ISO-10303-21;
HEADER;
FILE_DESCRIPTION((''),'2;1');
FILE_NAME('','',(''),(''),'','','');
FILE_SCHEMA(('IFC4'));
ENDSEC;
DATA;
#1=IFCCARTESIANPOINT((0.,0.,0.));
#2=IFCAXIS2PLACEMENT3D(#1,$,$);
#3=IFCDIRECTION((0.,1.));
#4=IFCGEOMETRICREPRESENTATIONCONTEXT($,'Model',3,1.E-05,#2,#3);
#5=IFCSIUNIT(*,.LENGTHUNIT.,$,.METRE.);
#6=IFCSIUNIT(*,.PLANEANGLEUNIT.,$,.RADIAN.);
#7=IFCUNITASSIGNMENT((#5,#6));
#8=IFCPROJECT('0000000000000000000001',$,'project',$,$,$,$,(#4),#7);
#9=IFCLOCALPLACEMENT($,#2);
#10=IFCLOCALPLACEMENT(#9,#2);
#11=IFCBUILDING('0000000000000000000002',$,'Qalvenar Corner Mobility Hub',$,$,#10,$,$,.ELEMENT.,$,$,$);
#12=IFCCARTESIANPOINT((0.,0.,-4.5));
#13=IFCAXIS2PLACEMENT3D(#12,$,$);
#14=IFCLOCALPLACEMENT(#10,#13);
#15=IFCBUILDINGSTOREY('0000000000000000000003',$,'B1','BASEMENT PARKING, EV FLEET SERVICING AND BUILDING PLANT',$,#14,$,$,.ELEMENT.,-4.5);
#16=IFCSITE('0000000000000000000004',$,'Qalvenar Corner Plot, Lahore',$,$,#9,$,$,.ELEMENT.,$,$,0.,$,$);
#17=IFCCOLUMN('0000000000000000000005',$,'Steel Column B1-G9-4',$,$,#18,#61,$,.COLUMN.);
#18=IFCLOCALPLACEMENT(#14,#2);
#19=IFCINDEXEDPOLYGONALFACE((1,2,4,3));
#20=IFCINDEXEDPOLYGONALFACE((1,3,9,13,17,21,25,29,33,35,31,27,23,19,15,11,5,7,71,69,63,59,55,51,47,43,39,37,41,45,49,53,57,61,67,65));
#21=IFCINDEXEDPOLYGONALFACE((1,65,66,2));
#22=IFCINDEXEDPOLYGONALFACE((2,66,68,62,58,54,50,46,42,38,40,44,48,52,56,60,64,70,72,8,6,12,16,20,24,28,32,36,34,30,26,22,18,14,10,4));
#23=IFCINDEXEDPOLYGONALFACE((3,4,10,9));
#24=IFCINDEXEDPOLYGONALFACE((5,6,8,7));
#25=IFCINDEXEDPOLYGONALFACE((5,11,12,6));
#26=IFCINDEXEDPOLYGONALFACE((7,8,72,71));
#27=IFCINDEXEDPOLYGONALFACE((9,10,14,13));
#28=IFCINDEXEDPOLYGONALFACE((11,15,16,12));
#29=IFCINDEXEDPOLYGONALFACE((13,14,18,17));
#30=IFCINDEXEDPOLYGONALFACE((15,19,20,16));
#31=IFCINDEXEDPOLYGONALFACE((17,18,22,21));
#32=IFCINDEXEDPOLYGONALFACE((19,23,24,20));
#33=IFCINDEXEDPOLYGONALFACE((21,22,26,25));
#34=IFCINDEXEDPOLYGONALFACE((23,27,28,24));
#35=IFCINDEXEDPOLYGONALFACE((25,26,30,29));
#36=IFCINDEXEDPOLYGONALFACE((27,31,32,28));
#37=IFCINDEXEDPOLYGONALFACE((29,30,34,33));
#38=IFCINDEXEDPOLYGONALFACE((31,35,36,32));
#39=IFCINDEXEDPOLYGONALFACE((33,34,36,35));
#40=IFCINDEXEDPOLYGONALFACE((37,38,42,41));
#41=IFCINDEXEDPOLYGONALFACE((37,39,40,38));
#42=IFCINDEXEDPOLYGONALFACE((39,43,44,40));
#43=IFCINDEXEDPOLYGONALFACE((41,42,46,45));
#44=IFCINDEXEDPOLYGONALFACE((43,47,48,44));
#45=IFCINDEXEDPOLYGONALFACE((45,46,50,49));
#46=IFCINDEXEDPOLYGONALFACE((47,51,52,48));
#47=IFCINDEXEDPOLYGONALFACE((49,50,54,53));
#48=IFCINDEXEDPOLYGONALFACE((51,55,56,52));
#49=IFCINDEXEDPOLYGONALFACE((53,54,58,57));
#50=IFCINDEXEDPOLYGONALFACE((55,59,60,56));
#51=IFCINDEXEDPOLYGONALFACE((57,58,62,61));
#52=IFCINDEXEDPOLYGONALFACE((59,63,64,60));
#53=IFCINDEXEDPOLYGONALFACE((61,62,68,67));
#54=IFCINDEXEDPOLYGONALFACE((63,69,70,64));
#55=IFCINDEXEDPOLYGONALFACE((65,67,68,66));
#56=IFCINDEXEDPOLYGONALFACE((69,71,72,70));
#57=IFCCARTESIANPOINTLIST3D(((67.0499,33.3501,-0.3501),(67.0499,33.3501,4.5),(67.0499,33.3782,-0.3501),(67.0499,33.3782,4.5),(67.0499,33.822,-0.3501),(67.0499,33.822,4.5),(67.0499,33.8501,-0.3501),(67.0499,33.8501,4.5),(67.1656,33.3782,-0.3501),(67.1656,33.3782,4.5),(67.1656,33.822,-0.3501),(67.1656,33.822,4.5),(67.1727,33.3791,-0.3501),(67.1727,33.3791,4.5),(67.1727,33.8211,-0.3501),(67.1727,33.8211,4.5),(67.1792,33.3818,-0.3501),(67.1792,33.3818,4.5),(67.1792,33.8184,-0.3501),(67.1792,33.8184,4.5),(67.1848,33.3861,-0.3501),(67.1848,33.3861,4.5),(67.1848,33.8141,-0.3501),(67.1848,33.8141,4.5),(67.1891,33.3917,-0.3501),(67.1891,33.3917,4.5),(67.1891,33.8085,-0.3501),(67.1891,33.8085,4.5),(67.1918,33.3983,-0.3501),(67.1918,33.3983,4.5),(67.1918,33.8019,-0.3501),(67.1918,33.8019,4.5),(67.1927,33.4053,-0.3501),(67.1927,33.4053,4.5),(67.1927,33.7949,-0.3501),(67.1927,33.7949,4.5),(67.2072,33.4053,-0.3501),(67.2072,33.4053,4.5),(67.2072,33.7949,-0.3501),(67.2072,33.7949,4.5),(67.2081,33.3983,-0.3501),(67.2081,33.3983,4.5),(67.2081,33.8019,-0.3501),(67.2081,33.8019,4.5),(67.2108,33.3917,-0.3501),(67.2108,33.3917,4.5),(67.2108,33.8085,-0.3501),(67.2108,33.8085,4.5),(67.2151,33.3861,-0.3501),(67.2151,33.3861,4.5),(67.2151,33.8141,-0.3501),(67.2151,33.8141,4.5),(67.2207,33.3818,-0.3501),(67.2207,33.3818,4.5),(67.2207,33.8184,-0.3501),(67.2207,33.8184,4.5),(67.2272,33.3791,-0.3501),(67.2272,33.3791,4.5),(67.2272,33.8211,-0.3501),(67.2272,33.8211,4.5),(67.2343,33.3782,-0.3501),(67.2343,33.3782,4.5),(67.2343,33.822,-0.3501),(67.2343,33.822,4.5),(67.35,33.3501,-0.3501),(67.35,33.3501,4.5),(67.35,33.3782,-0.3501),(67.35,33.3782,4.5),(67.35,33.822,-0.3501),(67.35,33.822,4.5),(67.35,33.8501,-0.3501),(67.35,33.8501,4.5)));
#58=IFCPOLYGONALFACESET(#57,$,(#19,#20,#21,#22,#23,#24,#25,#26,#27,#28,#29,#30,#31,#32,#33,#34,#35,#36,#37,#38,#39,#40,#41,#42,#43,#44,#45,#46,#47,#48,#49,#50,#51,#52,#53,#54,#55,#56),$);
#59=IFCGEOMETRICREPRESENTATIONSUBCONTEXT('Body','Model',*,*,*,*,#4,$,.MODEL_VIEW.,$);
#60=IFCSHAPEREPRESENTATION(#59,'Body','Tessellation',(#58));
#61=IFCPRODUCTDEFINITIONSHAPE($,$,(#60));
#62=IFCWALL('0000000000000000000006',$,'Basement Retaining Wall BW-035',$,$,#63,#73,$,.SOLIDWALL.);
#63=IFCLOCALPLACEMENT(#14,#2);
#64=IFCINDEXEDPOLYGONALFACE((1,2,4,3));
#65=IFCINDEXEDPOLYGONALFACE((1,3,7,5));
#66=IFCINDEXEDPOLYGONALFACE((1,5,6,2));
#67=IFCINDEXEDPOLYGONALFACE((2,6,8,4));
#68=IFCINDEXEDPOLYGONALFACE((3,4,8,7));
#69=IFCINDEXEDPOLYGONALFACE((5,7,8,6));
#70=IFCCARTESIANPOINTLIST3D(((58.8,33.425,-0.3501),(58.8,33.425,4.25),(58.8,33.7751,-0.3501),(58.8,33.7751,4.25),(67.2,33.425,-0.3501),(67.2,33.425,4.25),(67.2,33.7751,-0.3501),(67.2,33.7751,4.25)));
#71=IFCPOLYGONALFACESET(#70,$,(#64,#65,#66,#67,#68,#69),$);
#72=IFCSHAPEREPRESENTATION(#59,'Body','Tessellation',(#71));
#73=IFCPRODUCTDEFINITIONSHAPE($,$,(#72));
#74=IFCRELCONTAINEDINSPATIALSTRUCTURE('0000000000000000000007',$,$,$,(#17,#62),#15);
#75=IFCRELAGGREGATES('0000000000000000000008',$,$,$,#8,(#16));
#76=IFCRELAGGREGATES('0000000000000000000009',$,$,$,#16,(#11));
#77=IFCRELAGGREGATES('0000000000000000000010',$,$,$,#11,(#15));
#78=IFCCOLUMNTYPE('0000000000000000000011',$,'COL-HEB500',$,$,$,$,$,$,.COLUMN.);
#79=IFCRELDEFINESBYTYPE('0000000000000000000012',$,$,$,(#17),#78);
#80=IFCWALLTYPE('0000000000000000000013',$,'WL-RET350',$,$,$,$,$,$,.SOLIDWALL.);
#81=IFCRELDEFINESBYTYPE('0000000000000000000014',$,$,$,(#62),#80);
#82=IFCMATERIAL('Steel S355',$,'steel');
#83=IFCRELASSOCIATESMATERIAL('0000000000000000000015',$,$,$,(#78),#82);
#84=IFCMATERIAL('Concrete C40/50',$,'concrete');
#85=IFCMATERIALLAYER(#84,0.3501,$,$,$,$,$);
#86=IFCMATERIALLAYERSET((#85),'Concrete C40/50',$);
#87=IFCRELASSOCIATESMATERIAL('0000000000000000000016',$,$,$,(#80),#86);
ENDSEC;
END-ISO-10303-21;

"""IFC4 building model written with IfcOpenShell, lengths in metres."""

from ifc_helpers import new_model, si_unit, direction, frame, frame_2d, origin, origin_2d, place, context, subcontext, project, spatial, rectangle, i_section, extrude, material, layer, layer_set, material_profile, profile_set, type_object, element, save


model = new_model("IFC4")

# Units and contexts
model_context = context("Model", 3, precision=1e-05, world=origin(), true_north=direction((0.0, 1.0)))
body_context = subcontext(model_context, "Body", "Model", "MODEL_VIEW")
ifc_project = project(units=[si_unit("LENGTHUNIT", "METRE"), si_unit("PLANEANGLEUNIT", "RADIAN")], contexts=[model_context])

# Site, building, storey
site_placement = place(None, origin())
site = spatial("IfcSite", under=ifc_project, at=site_placement, Name="Qalvenar Corner Plot, Lahore", CompositionType="ELEMENT", RefElevation=0.0)
building_placement = place(site_placement, origin())
building = spatial("IfcBuilding", under=site, at=building_placement, Name="Qalvenar Corner Mobility Hub", CompositionType="ELEMENT")
storey_placement = place(building_placement, frame((0.0, 0.0, -4.5)))
storey = spatial("IfcBuildingStorey", under=building, at=storey_placement, Name="B1", Description="BASEMENT PARKING, EV FLEET SERVICING AND BUILDING PLANT", CompositionType="ELEMENT", Elevation=-4.5)

# Shared definitions
ifc_material_1 = material(Name="Concrete C40/50", Category="concrete")

# Column
ifc_material_2 = material(Name="Steel S355", Category="steel")
ifc_material_profile_1 = material_profile(ifc_material_2, i_section(OverallWidth=0.3, OverallDepth=0.5, WebThickness=0.0144, FlangeThickness=0.0281, FilletRadius=0.0271, at=origin_2d()), Name="HEB500")
ifc_profile_set_1 = profile_set([ifc_material_profile_1], Name="Steel S355")
column_type_1 = type_object("IfcColumnType", Name="COL-HEB500", PredefinedType="COLUMN", material=ifc_profile_set_1)
column_1_placement = place(storey_placement, frame((67.2, 33.6001, -0.3501), z_axis=(0.0, 0.0, 1.0), x_axis=(1.0, 0.0, 0.0)))
element("IfcColumn", 1, at=column_1_placement, inside=storey, type_object=column_type_1, Name="Steel Column B1-G9-4", PredefinedType="COLUMN", context=body_context, shape_type="SweptSolid", body=[
    extrude(i_section(OverallWidth=0.3, OverallDepth=0.5, WebThickness=0.0144, FlangeThickness=0.0281, FilletRadius=0.0271, at=origin_2d()), origin(), (0.0, 0.0, 1.0), 4.8501),
])

# Wall
ifc_layer = layer(ifc_material_1, 0.3501)
ifc_layer_set = layer_set([ifc_layer], Name="Concrete C40/50")
wall_type = type_object("IfcWallType", Name="WL-RET350", PredefinedType="SOLIDWALL", material=ifc_layer_set)
wall_placement = place(storey_placement, frame((67.2, 33.6001, -0.3501), z_axis=(0.0, 0.0, 1.0), x_axis=(-1.0, 0.0, 0.0)))
element("IfcWall", 2, at=wall_placement, inside=storey, type_object=wall_type, Name="Basement Retaining Wall BW-035", PredefinedType="SOLIDWALL", context=body_context, shape_type="SweptSolid", body=[
    extrude(rectangle(XDim=8.3999, YDim=0.3501, at=frame_2d((4.2, 0.0))), origin(), (0.0, 0.0, 1.0), 4.6001),
])

save(model, "model.ifc")
